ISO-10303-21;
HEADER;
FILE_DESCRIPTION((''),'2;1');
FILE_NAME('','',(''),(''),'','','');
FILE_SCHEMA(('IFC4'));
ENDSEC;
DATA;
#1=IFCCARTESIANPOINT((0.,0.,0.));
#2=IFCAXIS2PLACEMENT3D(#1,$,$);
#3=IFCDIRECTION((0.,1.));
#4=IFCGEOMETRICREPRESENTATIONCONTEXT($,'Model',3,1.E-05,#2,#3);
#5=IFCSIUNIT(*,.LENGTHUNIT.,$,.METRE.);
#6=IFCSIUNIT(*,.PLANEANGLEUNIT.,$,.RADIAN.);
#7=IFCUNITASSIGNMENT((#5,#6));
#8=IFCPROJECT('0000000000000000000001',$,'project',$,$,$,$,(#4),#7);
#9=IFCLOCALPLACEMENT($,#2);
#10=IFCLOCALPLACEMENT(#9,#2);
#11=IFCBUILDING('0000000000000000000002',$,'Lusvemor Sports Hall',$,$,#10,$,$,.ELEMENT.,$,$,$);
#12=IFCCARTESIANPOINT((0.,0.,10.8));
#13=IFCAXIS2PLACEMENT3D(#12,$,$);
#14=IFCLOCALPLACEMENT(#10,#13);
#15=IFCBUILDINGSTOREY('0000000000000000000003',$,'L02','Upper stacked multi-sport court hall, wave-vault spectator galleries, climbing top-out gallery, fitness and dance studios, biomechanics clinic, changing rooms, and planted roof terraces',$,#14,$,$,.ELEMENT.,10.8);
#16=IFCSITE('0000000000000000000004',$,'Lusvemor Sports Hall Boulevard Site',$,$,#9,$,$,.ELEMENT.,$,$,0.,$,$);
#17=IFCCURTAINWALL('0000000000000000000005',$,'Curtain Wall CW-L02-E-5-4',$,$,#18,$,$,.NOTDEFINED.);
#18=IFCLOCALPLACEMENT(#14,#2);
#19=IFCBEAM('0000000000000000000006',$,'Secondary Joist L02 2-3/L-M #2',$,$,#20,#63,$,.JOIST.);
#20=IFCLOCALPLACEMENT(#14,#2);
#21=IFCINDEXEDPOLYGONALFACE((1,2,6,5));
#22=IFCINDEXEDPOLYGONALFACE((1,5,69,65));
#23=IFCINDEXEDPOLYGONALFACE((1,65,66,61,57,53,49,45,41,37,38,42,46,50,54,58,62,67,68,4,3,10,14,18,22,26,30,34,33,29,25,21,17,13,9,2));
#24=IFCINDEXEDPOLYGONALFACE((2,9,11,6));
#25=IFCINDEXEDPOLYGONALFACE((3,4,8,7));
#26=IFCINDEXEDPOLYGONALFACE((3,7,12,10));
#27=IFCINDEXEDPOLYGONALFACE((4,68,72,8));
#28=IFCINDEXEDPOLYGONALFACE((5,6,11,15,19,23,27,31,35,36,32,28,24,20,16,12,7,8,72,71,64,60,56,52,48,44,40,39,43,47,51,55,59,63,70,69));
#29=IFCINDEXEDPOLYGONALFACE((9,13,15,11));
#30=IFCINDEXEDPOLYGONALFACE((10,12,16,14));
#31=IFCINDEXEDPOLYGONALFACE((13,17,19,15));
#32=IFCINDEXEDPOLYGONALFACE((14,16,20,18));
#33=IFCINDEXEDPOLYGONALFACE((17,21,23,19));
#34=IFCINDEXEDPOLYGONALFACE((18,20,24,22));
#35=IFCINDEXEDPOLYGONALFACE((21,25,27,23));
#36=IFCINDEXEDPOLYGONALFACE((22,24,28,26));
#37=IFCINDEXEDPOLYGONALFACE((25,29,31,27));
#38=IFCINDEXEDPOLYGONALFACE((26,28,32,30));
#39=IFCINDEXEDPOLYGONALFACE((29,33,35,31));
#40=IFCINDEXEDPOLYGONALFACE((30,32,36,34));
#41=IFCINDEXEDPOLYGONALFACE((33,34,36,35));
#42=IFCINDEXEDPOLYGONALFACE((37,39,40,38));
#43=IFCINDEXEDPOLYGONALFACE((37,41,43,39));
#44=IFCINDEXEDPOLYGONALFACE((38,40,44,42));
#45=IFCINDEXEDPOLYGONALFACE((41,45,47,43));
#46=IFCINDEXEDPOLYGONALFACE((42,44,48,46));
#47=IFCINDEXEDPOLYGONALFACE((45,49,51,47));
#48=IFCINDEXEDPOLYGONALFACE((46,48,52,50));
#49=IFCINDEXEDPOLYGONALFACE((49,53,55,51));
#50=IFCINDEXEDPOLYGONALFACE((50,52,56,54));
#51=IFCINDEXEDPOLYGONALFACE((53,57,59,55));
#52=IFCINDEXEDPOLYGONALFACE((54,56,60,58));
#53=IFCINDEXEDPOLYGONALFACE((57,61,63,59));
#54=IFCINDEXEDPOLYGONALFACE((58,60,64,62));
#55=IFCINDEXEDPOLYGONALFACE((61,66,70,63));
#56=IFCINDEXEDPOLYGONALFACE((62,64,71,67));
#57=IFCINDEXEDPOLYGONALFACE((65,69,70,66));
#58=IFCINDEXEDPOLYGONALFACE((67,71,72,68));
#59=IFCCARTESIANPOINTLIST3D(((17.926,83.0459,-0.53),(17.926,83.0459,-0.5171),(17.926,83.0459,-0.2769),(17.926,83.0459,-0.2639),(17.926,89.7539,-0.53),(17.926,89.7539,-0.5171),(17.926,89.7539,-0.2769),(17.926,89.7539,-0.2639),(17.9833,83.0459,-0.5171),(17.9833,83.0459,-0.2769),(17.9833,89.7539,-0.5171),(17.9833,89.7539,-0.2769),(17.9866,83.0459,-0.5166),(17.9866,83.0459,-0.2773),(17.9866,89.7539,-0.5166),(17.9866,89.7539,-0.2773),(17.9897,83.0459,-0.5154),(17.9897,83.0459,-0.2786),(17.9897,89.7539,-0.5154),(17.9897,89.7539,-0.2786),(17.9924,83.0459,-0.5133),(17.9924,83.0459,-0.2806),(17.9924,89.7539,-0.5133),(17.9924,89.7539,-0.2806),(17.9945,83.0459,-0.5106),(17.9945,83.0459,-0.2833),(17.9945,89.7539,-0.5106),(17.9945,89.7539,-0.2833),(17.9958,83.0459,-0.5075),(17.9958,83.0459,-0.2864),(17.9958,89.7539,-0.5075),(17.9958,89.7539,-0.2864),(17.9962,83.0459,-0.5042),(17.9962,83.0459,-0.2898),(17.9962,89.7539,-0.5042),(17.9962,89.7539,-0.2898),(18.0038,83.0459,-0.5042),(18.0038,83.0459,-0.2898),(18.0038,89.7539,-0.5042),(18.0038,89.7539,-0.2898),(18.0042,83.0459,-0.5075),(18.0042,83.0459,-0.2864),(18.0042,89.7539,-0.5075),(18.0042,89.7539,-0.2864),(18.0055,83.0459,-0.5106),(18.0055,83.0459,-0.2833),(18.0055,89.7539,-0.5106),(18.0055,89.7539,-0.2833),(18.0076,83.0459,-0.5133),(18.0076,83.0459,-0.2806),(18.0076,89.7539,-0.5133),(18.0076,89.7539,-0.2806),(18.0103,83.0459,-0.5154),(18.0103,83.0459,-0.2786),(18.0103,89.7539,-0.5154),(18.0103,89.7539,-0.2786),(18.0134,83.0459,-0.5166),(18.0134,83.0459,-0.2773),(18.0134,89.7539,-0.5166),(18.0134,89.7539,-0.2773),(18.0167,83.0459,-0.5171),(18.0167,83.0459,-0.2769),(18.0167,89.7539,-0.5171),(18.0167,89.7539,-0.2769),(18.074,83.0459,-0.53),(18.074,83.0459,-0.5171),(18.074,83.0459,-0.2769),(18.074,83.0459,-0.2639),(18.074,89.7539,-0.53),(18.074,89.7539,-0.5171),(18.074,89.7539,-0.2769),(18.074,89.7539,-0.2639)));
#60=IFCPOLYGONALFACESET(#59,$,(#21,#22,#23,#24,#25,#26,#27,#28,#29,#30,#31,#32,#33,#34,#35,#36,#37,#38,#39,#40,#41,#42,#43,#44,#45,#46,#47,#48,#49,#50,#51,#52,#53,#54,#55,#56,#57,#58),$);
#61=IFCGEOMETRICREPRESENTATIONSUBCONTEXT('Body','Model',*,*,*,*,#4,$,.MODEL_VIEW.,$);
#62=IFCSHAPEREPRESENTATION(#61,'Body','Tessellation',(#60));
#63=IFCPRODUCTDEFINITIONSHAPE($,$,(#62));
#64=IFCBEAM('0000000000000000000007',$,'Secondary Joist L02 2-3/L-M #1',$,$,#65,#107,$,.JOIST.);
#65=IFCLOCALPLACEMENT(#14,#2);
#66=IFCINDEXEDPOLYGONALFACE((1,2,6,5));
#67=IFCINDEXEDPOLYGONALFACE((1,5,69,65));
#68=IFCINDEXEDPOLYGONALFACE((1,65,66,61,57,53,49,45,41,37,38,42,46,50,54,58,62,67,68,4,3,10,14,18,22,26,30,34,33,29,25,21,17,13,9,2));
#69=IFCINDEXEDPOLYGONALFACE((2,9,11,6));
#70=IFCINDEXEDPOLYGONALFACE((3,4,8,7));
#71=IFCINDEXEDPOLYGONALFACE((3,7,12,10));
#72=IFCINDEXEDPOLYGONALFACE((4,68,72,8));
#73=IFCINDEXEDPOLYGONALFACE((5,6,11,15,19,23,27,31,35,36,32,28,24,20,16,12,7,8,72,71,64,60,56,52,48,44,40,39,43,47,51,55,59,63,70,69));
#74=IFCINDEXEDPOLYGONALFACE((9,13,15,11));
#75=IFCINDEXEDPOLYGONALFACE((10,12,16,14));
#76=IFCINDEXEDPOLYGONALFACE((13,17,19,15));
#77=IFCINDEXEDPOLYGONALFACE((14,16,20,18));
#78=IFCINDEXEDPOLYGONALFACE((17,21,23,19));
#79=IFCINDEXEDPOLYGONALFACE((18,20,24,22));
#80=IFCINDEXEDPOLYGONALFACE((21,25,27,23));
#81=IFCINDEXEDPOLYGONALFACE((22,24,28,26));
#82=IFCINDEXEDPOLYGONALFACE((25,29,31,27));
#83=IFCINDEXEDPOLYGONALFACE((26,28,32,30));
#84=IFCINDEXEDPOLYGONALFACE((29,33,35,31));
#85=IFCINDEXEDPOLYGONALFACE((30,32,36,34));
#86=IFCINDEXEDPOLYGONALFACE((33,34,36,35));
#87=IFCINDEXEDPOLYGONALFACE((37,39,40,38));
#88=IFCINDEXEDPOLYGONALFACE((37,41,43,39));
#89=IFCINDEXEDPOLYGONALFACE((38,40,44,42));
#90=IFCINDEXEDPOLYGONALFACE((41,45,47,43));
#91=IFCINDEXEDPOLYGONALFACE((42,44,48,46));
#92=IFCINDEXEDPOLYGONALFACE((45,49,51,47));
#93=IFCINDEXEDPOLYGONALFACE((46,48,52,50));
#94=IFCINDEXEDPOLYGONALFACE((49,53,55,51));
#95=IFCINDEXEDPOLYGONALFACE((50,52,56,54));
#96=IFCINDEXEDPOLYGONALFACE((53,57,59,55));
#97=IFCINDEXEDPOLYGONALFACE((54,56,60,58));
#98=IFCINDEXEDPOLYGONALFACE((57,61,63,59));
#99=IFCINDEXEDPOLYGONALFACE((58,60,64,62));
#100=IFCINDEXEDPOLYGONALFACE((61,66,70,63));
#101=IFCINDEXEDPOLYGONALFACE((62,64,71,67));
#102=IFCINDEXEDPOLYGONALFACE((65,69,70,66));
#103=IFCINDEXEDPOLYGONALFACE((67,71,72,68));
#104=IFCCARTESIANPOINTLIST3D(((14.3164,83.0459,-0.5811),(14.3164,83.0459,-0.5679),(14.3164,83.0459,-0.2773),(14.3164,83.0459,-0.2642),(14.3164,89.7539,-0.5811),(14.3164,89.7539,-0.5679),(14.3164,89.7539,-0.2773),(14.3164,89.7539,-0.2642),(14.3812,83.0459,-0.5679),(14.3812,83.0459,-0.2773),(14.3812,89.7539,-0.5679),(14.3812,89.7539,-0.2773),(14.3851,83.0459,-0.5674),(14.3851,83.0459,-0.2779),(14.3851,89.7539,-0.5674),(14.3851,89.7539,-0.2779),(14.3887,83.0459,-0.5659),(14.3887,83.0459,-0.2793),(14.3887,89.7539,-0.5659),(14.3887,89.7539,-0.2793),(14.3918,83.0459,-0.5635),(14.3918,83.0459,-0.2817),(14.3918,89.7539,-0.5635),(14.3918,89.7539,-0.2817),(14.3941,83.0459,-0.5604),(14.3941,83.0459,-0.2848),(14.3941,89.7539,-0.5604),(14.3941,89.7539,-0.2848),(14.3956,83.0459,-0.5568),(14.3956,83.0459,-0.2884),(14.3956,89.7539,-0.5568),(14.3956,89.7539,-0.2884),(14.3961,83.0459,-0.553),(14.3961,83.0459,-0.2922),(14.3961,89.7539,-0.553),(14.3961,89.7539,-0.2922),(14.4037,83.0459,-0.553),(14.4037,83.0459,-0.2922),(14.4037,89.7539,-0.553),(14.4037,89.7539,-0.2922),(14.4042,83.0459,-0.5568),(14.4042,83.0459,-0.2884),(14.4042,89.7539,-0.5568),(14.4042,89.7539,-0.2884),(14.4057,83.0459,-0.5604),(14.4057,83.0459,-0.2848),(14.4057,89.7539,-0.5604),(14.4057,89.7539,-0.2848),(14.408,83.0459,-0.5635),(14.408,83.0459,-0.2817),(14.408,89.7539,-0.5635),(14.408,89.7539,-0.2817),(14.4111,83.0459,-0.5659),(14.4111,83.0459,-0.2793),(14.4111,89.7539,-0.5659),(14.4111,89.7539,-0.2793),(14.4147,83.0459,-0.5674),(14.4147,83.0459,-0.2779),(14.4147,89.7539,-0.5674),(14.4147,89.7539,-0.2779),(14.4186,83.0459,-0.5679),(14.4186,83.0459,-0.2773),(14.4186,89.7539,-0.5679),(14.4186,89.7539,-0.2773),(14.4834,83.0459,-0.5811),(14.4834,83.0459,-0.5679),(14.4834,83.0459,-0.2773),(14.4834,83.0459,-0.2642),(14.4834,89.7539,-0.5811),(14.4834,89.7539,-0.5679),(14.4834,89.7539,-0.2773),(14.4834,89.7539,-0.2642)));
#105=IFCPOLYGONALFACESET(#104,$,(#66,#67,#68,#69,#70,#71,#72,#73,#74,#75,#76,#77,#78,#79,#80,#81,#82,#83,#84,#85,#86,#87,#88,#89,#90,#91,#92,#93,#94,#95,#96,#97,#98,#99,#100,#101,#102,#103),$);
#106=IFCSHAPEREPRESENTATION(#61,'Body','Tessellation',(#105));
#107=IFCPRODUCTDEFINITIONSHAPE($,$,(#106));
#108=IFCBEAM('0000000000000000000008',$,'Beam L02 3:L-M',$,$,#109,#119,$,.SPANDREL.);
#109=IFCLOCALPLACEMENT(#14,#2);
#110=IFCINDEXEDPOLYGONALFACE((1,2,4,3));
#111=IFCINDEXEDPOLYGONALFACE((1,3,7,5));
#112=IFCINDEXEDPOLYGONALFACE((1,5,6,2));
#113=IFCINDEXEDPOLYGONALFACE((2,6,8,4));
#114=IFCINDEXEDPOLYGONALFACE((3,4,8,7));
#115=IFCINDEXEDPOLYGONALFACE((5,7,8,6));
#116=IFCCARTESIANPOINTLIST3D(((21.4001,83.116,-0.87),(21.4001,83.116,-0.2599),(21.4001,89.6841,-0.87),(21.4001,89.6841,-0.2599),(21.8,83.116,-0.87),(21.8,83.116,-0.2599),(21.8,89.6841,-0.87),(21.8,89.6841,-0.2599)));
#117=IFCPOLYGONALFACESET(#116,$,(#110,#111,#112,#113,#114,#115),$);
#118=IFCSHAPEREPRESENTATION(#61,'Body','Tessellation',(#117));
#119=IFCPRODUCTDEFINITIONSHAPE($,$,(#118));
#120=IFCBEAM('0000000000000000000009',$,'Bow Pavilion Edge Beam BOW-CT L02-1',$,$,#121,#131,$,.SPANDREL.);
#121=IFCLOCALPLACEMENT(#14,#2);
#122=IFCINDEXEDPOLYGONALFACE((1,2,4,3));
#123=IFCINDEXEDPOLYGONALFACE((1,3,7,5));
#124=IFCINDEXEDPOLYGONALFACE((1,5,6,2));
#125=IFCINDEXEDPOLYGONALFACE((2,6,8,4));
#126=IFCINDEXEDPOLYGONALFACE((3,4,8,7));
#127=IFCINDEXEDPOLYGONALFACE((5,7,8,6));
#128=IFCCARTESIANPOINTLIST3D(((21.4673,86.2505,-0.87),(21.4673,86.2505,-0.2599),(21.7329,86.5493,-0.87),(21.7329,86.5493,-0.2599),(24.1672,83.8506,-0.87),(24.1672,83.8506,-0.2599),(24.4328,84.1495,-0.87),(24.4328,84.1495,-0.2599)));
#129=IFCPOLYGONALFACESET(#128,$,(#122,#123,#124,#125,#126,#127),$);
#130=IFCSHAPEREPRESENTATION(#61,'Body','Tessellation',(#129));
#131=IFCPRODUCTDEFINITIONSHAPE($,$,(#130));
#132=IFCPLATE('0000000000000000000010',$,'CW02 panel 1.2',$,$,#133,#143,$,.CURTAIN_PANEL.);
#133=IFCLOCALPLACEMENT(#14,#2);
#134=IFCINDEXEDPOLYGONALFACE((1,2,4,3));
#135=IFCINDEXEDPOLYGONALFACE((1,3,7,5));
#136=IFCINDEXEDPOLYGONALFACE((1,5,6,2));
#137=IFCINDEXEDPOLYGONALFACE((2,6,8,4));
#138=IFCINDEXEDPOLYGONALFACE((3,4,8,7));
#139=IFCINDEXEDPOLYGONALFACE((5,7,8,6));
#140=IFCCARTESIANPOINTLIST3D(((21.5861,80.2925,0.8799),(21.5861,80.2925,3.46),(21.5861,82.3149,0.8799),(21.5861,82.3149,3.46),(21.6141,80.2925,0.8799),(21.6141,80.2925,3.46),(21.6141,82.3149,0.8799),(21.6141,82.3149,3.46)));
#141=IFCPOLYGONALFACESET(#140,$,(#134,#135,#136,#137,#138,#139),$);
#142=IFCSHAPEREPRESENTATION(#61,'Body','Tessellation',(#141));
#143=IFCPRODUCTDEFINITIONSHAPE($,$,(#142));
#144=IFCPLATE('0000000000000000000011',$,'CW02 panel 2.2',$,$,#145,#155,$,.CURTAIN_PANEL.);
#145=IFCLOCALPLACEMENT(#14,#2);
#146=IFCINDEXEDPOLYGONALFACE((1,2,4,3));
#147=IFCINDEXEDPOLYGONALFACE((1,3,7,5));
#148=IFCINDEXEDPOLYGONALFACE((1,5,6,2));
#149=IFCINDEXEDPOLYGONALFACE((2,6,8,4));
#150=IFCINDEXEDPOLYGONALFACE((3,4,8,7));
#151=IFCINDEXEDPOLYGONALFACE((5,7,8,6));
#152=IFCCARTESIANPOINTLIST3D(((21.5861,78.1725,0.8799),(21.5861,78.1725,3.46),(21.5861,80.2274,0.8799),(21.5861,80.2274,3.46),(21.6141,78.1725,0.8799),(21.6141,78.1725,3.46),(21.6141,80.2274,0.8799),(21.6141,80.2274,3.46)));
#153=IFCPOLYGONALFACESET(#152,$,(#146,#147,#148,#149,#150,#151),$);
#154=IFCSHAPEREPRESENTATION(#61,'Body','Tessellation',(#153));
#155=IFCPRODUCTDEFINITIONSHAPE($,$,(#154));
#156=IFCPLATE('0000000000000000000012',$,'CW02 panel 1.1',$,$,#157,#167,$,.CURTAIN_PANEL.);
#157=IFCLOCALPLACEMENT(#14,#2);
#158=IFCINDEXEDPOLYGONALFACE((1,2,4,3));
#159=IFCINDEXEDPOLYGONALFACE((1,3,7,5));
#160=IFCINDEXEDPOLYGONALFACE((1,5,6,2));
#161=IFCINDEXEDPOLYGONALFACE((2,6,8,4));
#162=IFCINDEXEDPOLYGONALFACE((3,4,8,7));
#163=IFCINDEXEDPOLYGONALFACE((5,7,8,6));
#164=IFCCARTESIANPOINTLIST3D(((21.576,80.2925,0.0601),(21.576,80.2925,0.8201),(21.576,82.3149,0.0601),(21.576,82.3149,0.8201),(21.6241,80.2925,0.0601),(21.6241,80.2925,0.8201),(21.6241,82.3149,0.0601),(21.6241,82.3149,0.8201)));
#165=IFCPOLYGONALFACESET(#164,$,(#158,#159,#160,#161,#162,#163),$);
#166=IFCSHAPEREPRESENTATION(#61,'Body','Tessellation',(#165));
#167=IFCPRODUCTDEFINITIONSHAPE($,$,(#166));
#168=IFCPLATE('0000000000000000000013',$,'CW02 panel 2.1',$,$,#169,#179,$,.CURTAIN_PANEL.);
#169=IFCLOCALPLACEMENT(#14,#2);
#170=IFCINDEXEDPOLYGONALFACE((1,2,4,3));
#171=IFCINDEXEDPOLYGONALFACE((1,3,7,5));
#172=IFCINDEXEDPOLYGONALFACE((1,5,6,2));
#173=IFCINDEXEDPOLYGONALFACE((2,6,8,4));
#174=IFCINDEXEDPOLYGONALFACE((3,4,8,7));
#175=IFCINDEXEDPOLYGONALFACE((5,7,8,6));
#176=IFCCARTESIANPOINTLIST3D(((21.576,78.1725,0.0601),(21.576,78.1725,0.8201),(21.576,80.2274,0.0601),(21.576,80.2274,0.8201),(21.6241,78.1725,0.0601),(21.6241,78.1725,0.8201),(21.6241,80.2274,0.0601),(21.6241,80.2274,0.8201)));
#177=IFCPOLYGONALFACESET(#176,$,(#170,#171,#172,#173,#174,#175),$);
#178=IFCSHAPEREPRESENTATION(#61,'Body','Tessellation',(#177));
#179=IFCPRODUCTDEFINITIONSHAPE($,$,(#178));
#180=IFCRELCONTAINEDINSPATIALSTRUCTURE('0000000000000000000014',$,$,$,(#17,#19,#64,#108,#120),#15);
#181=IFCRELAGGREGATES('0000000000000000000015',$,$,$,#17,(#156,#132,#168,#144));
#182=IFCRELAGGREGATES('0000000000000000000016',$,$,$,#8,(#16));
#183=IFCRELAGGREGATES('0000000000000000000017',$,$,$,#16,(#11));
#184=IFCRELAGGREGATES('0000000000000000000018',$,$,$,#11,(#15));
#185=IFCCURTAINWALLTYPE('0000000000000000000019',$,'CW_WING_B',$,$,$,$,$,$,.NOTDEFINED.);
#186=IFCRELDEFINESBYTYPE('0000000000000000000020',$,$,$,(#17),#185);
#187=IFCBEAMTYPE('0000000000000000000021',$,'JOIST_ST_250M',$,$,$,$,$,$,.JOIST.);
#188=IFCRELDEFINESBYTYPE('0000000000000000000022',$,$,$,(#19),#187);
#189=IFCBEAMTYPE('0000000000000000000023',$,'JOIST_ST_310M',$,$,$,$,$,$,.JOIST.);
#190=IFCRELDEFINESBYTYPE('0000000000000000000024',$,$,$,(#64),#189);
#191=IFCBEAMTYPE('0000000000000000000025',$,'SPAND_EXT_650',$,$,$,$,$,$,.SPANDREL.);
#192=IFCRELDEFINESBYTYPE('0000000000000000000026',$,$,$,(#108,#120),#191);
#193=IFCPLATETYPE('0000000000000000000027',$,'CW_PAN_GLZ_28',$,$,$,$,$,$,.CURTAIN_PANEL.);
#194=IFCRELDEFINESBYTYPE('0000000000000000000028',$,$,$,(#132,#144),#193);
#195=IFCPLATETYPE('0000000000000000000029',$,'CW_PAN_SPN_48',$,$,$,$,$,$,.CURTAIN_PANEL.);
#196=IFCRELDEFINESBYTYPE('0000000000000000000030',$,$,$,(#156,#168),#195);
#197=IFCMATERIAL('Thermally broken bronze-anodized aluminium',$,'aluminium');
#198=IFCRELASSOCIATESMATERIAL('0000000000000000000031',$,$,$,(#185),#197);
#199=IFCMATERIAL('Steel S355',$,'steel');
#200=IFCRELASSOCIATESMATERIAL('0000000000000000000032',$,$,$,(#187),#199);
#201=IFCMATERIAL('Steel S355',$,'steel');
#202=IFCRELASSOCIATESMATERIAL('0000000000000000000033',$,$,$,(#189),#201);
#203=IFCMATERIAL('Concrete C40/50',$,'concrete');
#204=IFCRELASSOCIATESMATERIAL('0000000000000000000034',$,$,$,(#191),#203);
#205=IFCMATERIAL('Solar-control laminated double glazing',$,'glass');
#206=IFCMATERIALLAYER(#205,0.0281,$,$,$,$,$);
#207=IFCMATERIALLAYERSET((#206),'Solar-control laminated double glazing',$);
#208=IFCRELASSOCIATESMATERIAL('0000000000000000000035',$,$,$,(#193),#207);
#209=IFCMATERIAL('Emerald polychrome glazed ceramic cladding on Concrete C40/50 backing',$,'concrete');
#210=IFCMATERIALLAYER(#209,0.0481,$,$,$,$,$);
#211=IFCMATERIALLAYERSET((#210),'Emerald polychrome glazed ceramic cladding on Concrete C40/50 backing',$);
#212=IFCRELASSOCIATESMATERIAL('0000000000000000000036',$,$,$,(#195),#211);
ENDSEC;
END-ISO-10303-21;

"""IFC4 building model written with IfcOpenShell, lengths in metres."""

from ifc_helpers import new_model, si_unit, direction, frame, origin, origin_2d, place, context, subcontext, project, spatial, rectangle, i_section, extrude, material, layer, layer_set, material_profile, profile_set, type_object, element, aggregate, save


model = new_model("IFC4")

# Units and contexts
model_context = context("Model", 3, precision=1e-05, world=origin(), true_north=direction((0.0, 1.0)))
body_context = subcontext(model_context, "Body", "Model", "MODEL_VIEW")
ifc_project = project(units=[si_unit("LENGTHUNIT", "METRE"), si_unit("PLANEANGLEUNIT", "RADIAN")], contexts=[model_context])

# Site, building, storey
site_placement = place(None, origin())
site = spatial("IfcSite", under=ifc_project, at=site_placement, Name="Lusvemor Sports Hall Boulevard Site", CompositionType="ELEMENT", RefElevation=0.0)
building_placement = place(site_placement, origin())
building = spatial("IfcBuilding", under=site, at=building_placement, Name="Lusvemor Sports Hall", CompositionType="ELEMENT")
storey_placement = place(building_placement, frame((0.0, 0.0, 10.8)))
storey = spatial("IfcBuildingStorey", under=building, at=storey_placement, Name="L02", Description="Upper stacked multi-sport court hall, wave-vault spectator galleries, climbing top-out gallery, fitness and dance studios, biomechanics clinic, changing rooms, and planted roof terraces", CompositionType="ELEMENT", Elevation=10.8)

# Curtain wall
ifc_material_1 = material(Name="Thermally broken bronze-anodized aluminium", Category="aluminium")
curtain_wall_type = type_object("IfcCurtainWallType", Name="CW_WING_B", PredefinedType="NOTDEFINED", material=ifc_material_1)
curtain_wall_placement = place(storey_placement, origin())
curtain_wall = element("IfcCurtainWall", 1, at=curtain_wall_placement, inside=storey, type_object=curtain_wall_type, Name="Curtain Wall CW-L02-E-5-4", PredefinedType="NOTDEFINED")

# Beams
ifc_material_2 = material(Name="Steel S355", Category="steel")
ifc_material_profile_1 = material_profile(ifc_material_2, i_section(OverallWidth=0.1479, OverallDepth=0.2661, WebThickness=0.0076, FlangeThickness=0.0129, FilletRadius=0.0129, at=origin_2d()), Name="W250x44.8")
ifc_profile_set_1 = profile_set([ifc_material_profile_1], Name="Steel S355")
beam_type_1 = type_object("IfcBeamType", Name="JOIST_ST_250M", PredefinedType="JOIST", material=ifc_profile_set_1)
beam_1_placement = place(storey_placement, frame((18.0, 83.0459, -0.397), z_axis=(0.0, 1.0, 0.0), x_axis=(-1.0, 0.0, 0.0)))
element("IfcBeam", 2, at=beam_1_placement, inside=storey, type_object=beam_type_1, Name="Secondary Joist L02 2-3/L-M #2", PredefinedType="JOIST", context=body_context, shape_type="SweptSolid", body=[
    extrude(i_section(OverallWidth=0.1479, OverallDepth=0.2661, WebThickness=0.0076, FlangeThickness=0.0129, FilletRadius=0.0129, at=origin_2d()), origin(), (0.0, 0.0, 1.0), 6.708),
])
ifc_material_3 = material(Name="Steel S355", Category="steel")
ifc_material_profile_2 = material_profile(ifc_material_3, i_section(OverallWidth=0.167, OverallDepth=0.3169, WebThickness=0.0076, FlangeThickness=0.0132, FilletRadius=0.0149, at=origin_2d()), Name="W310x52.0")
ifc_profile_set_2 = profile_set([ifc_material_profile_2], Name="Steel S355")
beam_type_2 = type_object("IfcBeamType", Name="JOIST_ST_310M", PredefinedType="JOIST", material=ifc_profile_set_2)
beam_2_placement = place(storey_placement, frame((14.3999, 83.0459, -0.4226), z_axis=(0.0, 1.0, 0.0), x_axis=(-1.0, 0.0, 0.0)))
element("IfcBeam", 3, at=beam_2_placement, inside=storey, type_object=beam_type_2, Name="Secondary Joist L02 2-3/L-M #1", PredefinedType="JOIST", context=body_context, shape_type="SweptSolid", body=[
    extrude(i_section(OverallWidth=0.167, OverallDepth=0.3169, WebThickness=0.0076, FlangeThickness=0.0132, FilletRadius=0.0149, at=origin_2d()), origin(), (0.0, 0.0, 1.0), 6.708),
])
ifc_material_4 = material(Name="Concrete C40/50", Category="concrete")
ifc_material_profile_3 = material_profile(ifc_material_4, rectangle(XDim=0.3999, YDim=0.6101, at=origin_2d()), Name="RC400x610")
ifc_profile_set_3 = profile_set([ifc_material_profile_3], Name="Concrete C40/50")
beam_type_3 = type_object("IfcBeamType", Name="SPAND_EXT_650", PredefinedType="SPANDREL", material=ifc_profile_set_3)
beam_3_placement = place(storey_placement, frame((21.6001, 83.116, -0.5649), z_axis=(0.0, 1.0, 0.0), x_axis=(-1.0, 0.0, 0.0)))
element("IfcBeam", 4, at=beam_3_placement, inside=storey, type_object=beam_type_3, Name="Beam L02 3:L-M", PredefinedType="SPANDREL", context=body_context, shape_type="SweptSolid", body=[
    extrude(rectangle(XDim=0.3999, YDim=0.6101, at=origin_2d()), origin(), (0.0, 0.0, 1.0), 6.5681),
])
beam_4_placement = place(storey_placement, frame((21.6001, 86.3999, -0.5649), z_axis=(0.747417, -0.664355, 0.0), x_axis=(0.664355, 0.747417, 0.0)))
element("IfcBeam", 5, at=beam_4_placement, inside=storey, type_object=beam_type_3, Name="Bow Pavilion Edge Beam BOW-CT L02-1", PredefinedType="SPANDREL", context=body_context, shape_type="SweptSolid", body=[
    extrude(rectangle(XDim=0.3999, YDim=0.6101, at=origin_2d()), origin(), (0.0, 0.0, 1.0), 3.6123),
])

# Plates
ifc_material_5 = material(Name="Solar-control laminated double glazing", Category="glass")
ifc_layer_1 = layer(ifc_material_5, 0.0281)
ifc_layer_set_1 = layer_set([ifc_layer_1], Name="Solar-control laminated double glazing")
plate_type_1 = type_object("IfcPlateType", Name="CW_PAN_GLZ_28", PredefinedType="CURTAIN_PANEL", material=ifc_layer_set_1)
plate_1_placement = place(storey_placement, frame((21.6001, 81.3037, 0.8799), z_axis=(0.0, 0.0, 1.0), x_axis=(0.0, -1.0, 0.0)))
plate_1 = element("IfcPlate", 6, at=plate_1_placement, type_object=plate_type_1, Name="CW02 panel 1.2", PredefinedType="CURTAIN_PANEL", context=body_context, shape_type="SweptSolid", body=[
    extrude(rectangle(XDim=2.0225, YDim=0.0281, at=origin_2d()), origin(), (0.0, 0.0, 1.0), 2.5801),
])
plate_2_placement = place(storey_placement, frame((21.6001, 79.2, 0.8799), z_axis=(0.0, 0.0, 1.0), x_axis=(0.0, -1.0, 0.0)))
plate_2 = element("IfcPlate", 7, at=plate_2_placement, type_object=plate_type_1, Name="CW02 panel 2.2", PredefinedType="CURTAIN_PANEL", context=body_context, shape_type="SweptSolid", body=[
    extrude(rectangle(XDim=2.0549, YDim=0.0281, at=origin_2d()), origin(), (0.0, 0.0, 1.0), 2.5801),
])
ifc_material_6 = material(Name="Emerald polychrome glazed ceramic cladding on Concrete C40/50 backing", Category="concrete")
ifc_layer_2 = layer(ifc_material_6, 0.0481)
ifc_layer_set_2 = layer_set([ifc_layer_2], Name="Emerald polychrome glazed ceramic cladding on Concrete C40/50 backing")
plate_type_2 = type_object("IfcPlateType", Name="CW_PAN_SPN_48", PredefinedType="CURTAIN_PANEL", material=ifc_layer_set_2)
plate_3_placement = place(storey_placement, frame((21.6001, 81.3037, 0.0601), z_axis=(0.0, 0.0, 1.0), x_axis=(0.0, -1.0, 0.0)))
plate_3 = element("IfcPlate", 8, at=plate_3_placement, type_object=plate_type_2, Name="CW02 panel 1.1", PredefinedType="CURTAIN_PANEL", context=body_context, shape_type="SweptSolid", body=[
    extrude(rectangle(XDim=2.0225, YDim=0.0481, at=origin_2d()), origin(), (0.0, 0.0, 1.0), 0.76),
])
plate_4_placement = place(storey_placement, frame((21.6001, 79.2, 0.0601), z_axis=(0.0, 0.0, 1.0), x_axis=(0.0, -1.0, 0.0)))
plate_4 = element("IfcPlate", 9, at=plate_4_placement, type_object=plate_type_2, Name="CW02 panel 2.1", PredefinedType="CURTAIN_PANEL", context=body_context, shape_type="SweptSolid", body=[
    extrude(rectangle(XDim=2.0549, YDim=0.0481, at=origin_2d()), origin(), (0.0, 0.0, 1.0), 0.76),
])
aggregate(curtain_wall, [plate_3, plate_1, plate_4, plate_2])

save(model, "model.ifc")
